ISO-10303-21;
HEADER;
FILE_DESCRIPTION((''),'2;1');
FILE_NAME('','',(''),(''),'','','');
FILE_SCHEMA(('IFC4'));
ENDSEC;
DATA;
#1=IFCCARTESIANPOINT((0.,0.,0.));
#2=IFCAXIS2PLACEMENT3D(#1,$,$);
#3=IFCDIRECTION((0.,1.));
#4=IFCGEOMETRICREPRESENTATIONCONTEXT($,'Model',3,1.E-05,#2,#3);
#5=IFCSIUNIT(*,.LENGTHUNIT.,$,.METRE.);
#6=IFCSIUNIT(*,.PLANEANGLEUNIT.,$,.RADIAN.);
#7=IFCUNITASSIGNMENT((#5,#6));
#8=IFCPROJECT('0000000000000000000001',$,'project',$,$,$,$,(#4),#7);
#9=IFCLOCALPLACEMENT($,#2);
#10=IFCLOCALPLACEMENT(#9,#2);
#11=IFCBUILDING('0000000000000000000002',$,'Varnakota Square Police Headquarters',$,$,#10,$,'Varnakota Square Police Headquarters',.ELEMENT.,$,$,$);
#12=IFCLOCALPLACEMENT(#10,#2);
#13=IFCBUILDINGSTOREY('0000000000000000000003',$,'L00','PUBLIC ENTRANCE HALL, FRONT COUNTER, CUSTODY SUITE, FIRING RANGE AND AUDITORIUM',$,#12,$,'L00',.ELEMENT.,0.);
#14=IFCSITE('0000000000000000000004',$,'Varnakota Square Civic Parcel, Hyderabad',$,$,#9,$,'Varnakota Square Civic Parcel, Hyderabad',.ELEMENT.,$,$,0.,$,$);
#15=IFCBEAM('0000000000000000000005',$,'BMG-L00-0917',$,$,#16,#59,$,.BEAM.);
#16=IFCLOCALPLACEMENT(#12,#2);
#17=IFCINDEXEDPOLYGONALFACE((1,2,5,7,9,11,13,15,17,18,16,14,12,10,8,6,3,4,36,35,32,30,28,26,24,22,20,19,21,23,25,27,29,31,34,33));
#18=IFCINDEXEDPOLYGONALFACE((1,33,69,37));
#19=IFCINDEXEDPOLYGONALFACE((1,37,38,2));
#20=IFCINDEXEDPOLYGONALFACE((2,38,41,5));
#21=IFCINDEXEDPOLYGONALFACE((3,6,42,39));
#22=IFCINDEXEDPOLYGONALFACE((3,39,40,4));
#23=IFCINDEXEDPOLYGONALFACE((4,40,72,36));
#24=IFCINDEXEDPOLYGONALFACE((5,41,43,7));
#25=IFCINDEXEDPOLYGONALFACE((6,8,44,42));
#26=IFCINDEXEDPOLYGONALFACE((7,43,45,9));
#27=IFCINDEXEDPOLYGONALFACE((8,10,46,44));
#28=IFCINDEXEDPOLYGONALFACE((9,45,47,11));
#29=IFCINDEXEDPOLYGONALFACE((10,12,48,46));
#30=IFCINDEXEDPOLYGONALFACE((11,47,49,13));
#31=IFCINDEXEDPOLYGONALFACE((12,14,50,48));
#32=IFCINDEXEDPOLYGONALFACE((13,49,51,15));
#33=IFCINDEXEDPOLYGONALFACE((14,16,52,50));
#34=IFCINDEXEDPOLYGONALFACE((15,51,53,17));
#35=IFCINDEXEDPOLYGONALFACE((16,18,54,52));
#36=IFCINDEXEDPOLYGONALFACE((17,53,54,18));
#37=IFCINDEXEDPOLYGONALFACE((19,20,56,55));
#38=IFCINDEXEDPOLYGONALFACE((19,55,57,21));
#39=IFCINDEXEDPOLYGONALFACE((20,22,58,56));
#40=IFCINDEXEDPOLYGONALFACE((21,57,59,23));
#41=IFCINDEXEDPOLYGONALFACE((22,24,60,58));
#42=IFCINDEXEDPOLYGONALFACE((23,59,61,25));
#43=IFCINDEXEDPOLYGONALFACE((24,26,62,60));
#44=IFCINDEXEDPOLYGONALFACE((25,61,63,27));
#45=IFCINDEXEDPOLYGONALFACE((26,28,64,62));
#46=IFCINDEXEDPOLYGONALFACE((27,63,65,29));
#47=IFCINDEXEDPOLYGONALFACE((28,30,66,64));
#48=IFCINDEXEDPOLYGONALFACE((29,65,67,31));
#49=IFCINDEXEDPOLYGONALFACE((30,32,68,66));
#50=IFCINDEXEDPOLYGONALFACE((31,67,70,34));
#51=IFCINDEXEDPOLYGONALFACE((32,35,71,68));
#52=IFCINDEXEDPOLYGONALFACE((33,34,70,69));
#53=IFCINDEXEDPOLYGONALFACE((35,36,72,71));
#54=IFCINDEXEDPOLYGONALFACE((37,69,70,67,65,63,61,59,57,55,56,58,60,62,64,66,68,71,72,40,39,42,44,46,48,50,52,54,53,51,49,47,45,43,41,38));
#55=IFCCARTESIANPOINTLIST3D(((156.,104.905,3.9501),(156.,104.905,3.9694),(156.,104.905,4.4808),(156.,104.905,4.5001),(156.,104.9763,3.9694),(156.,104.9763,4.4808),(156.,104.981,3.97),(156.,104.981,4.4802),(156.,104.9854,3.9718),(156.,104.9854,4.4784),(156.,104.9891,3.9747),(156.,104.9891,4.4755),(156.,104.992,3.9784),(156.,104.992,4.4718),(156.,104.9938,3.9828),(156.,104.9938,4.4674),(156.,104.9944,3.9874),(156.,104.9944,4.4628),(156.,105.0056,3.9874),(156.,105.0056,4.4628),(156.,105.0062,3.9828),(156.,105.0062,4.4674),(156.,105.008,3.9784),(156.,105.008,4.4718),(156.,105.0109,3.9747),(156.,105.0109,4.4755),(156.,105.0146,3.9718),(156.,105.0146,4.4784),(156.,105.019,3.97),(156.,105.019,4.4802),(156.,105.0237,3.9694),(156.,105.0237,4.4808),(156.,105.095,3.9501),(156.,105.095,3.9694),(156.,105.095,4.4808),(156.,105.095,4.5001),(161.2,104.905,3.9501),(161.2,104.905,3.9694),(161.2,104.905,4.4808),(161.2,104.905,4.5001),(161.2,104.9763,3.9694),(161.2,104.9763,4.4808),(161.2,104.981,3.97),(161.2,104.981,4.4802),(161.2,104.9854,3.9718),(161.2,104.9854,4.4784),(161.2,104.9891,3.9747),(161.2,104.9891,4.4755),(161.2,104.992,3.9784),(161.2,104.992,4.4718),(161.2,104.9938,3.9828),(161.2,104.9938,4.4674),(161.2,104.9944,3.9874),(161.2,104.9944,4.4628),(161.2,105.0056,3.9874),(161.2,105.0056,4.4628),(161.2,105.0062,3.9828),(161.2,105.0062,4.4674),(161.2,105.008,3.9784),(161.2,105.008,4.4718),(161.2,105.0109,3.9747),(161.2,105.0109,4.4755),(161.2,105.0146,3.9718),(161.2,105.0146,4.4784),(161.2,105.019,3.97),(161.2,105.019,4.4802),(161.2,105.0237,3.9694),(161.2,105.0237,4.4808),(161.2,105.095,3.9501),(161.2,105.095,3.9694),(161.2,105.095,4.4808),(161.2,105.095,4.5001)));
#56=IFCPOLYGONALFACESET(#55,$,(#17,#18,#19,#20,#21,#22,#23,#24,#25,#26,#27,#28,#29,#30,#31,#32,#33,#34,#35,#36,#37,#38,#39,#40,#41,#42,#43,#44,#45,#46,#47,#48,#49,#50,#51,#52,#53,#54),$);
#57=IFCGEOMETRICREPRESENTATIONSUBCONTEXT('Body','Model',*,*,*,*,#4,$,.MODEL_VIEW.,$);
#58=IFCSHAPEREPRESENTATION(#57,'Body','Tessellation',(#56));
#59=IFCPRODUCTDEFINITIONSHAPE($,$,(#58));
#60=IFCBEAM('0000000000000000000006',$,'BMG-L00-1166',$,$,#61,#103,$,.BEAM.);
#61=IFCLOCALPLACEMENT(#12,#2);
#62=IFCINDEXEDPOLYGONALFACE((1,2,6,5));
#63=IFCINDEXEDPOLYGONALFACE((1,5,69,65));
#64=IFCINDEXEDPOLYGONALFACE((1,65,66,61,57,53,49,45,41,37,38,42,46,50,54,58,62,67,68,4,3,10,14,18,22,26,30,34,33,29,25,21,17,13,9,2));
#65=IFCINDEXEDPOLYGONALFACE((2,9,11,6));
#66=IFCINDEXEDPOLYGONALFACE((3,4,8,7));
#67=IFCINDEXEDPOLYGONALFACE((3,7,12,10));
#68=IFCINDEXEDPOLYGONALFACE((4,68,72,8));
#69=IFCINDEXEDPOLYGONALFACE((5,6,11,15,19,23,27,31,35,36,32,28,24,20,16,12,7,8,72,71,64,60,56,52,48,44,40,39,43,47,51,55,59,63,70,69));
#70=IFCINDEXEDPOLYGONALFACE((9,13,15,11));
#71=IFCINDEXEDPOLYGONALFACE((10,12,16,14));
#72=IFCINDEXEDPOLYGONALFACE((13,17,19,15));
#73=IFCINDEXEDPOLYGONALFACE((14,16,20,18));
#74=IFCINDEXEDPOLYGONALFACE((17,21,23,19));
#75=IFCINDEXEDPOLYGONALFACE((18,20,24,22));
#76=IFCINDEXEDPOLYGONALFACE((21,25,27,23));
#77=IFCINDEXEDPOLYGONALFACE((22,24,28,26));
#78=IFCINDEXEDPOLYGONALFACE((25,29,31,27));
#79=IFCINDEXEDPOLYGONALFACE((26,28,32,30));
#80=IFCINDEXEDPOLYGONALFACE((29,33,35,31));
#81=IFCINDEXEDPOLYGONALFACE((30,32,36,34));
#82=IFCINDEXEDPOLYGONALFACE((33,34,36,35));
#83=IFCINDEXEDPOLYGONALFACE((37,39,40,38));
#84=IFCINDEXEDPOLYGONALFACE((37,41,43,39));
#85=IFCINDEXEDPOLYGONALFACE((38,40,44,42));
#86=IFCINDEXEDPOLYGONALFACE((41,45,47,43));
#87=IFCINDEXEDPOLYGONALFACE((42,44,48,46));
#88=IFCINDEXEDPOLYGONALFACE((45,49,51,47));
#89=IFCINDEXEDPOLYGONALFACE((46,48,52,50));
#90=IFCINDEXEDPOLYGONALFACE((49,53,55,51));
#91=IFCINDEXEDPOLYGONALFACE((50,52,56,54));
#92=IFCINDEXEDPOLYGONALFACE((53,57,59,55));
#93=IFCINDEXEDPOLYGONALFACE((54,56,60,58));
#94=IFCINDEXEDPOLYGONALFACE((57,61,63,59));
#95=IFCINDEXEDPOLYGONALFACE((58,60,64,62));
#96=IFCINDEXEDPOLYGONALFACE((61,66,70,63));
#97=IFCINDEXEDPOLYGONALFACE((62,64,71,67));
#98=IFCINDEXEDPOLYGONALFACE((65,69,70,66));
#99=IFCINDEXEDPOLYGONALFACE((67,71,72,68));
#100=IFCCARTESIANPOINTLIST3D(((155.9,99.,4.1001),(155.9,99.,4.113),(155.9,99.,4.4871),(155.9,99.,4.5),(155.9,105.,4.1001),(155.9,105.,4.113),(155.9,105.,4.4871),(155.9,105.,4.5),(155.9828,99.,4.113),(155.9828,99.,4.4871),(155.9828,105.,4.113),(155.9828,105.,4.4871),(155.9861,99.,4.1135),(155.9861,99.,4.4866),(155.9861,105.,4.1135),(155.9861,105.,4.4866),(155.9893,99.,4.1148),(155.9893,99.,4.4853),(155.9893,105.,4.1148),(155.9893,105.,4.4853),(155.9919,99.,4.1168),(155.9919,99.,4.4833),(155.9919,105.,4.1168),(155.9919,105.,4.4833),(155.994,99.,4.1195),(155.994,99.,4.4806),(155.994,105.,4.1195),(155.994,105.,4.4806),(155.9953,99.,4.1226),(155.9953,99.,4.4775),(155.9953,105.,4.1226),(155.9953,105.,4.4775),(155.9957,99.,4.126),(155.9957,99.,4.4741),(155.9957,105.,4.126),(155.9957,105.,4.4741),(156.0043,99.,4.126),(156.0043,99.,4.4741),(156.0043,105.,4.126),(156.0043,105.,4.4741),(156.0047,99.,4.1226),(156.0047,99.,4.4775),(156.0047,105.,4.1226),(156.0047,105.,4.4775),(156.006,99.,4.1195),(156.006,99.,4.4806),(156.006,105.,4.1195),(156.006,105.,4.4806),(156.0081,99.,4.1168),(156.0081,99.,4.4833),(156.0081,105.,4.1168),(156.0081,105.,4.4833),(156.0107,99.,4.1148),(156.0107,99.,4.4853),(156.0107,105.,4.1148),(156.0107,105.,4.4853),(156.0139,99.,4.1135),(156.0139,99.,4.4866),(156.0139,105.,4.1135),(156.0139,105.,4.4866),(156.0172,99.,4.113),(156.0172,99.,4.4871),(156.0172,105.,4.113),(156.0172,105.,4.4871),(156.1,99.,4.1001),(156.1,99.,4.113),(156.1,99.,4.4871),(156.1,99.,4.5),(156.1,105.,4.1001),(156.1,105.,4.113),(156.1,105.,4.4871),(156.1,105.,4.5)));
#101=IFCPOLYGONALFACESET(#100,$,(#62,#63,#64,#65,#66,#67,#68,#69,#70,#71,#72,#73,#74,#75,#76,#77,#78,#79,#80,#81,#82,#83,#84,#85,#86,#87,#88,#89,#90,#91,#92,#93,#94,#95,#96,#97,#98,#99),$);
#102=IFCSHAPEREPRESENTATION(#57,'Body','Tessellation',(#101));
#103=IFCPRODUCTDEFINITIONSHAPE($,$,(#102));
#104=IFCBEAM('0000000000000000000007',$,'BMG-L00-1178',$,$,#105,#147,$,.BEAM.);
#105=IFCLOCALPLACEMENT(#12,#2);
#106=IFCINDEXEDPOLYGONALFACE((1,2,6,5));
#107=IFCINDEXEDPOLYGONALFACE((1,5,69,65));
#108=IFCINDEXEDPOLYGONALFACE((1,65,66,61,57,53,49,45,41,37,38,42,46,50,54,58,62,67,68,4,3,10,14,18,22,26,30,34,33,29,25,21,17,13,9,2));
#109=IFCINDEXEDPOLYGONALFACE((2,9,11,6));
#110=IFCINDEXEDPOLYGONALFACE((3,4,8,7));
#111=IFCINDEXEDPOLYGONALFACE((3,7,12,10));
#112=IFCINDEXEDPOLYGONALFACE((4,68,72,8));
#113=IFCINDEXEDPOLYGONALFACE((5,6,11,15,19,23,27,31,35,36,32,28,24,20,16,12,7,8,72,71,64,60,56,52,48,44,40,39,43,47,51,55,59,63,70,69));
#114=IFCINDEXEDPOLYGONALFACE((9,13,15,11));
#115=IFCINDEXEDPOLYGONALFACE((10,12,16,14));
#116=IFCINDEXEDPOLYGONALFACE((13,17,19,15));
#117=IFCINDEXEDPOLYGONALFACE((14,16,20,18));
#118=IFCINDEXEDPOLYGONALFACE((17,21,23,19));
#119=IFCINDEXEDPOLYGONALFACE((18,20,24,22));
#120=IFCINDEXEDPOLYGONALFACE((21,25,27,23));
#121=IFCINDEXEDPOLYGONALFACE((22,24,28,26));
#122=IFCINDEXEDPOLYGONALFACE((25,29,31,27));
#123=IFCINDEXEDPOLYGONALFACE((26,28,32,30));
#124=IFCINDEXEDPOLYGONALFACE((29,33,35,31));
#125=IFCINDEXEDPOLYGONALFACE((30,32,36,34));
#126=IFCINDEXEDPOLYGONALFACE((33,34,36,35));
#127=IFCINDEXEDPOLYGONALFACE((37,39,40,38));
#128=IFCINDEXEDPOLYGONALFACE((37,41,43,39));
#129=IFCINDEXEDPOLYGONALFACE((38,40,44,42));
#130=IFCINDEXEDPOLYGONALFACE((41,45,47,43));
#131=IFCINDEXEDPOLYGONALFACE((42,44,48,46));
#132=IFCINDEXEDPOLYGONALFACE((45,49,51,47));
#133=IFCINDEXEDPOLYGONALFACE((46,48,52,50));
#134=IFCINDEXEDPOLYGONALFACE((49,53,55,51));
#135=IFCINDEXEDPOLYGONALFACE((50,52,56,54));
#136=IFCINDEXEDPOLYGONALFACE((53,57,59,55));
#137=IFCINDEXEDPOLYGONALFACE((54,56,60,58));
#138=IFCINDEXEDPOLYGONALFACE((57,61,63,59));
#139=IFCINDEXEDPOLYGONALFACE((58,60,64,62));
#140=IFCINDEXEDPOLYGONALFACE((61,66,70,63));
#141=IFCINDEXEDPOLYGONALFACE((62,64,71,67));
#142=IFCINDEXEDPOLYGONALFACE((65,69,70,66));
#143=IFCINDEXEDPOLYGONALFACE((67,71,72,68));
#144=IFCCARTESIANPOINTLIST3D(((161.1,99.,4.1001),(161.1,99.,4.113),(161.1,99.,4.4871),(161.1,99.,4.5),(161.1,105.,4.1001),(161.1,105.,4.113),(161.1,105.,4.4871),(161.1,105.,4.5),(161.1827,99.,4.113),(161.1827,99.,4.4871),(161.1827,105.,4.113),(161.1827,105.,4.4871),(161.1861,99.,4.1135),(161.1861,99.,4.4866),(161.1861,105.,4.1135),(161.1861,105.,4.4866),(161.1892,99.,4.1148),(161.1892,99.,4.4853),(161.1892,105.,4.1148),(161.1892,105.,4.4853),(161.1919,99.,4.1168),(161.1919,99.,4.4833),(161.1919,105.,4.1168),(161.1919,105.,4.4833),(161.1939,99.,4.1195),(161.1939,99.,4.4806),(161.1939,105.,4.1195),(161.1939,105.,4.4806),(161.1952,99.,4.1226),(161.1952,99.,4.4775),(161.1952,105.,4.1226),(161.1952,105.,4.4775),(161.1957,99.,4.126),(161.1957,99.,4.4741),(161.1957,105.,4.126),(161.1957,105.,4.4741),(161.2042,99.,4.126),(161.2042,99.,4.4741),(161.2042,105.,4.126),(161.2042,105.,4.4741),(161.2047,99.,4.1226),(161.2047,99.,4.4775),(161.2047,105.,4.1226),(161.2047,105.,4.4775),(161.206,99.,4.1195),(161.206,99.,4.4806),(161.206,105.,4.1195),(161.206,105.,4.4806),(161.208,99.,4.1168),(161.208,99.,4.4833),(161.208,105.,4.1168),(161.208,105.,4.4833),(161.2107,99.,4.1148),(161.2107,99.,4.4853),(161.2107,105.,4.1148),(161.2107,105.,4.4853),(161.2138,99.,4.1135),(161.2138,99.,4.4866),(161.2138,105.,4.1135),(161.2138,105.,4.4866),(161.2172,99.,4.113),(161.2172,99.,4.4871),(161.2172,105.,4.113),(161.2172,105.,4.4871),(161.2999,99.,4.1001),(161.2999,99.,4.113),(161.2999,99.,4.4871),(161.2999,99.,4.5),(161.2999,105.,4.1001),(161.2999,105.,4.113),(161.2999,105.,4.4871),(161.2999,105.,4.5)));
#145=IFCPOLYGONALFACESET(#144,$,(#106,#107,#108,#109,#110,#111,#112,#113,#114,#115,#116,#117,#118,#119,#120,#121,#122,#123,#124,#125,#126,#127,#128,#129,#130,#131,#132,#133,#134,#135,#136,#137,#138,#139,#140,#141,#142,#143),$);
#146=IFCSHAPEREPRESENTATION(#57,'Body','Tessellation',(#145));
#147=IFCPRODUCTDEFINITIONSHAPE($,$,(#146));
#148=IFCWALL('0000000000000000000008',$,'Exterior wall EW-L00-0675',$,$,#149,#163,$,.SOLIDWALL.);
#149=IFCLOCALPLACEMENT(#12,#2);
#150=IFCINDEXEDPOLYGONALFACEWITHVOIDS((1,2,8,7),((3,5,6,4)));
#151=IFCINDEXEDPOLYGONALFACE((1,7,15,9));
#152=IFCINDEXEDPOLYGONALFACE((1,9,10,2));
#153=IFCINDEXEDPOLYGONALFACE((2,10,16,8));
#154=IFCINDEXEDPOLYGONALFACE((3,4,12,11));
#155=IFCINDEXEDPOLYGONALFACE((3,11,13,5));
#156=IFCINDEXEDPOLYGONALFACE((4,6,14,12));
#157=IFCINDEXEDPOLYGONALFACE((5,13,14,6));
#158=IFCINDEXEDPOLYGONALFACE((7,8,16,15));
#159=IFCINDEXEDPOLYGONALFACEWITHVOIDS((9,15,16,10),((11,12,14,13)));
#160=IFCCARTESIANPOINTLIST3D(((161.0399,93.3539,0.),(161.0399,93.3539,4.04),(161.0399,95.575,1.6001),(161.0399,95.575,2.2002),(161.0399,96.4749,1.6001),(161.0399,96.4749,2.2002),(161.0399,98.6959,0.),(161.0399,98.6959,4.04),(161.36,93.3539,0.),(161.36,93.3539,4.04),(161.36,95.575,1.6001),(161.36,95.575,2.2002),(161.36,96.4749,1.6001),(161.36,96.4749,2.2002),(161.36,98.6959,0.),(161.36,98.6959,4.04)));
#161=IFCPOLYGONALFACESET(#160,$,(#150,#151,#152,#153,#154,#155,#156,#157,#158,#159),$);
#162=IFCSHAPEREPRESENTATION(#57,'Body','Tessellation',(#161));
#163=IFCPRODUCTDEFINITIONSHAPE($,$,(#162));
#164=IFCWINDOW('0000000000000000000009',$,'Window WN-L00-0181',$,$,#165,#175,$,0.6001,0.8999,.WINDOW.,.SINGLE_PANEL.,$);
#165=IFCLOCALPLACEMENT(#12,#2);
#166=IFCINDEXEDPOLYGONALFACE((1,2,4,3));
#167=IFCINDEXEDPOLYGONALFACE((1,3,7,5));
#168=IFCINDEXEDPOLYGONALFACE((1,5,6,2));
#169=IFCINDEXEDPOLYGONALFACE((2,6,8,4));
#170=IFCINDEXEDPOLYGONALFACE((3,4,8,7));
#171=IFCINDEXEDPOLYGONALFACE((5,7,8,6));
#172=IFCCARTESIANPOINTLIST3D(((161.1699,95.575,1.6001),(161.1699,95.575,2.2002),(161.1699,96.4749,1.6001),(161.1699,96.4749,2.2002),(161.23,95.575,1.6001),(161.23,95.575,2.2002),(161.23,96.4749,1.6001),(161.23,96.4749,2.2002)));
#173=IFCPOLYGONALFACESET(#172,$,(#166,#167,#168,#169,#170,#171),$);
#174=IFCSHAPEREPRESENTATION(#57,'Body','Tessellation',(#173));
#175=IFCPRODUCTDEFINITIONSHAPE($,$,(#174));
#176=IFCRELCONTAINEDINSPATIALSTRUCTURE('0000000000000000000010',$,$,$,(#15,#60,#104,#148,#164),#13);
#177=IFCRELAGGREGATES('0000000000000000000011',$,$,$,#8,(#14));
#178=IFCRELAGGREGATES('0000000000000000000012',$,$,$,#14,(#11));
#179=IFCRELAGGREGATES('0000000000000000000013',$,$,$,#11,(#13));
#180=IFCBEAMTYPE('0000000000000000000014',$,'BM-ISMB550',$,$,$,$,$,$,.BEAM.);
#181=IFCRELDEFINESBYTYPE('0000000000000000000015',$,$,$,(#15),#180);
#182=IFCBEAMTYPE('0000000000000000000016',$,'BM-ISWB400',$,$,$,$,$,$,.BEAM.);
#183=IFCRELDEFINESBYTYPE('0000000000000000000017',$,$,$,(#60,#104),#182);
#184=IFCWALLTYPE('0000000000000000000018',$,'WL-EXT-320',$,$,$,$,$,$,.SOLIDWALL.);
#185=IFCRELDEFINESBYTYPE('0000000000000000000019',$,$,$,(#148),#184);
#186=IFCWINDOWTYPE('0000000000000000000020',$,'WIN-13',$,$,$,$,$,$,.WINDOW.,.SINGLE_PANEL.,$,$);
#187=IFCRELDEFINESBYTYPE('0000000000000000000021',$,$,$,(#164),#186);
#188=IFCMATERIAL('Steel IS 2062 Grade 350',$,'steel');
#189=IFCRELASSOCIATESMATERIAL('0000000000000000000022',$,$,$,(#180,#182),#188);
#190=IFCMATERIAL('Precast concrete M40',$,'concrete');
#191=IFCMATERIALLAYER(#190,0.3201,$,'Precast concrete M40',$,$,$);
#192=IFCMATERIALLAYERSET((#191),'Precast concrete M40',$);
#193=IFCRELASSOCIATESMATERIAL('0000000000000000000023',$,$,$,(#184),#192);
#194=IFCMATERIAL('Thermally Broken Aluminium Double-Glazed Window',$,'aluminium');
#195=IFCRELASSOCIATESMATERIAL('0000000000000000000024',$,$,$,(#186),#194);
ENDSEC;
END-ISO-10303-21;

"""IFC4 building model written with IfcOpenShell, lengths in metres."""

from ifc_helpers import new_model, si_unit, direction, frame, frame_2d, origin, origin_2d, place, context, subcontext, project, spatial, rectangle, i_section, extrude, material, layer, layer_set, material_profile, profile_set, type_object, element, fill, save


model = new_model("IFC4")

# Units and contexts
model_context = context("Model", 3, precision=1e-05, world=origin(), true_north=direction((0.0, 1.0)))
body_context = subcontext(model_context, "Body", "Model", "MODEL_VIEW")
ifc_project = project(units=[si_unit("LENGTHUNIT", "METRE"), si_unit("PLANEANGLEUNIT", "RADIAN")], contexts=[model_context])

# Site, building, storey
site_placement = place(None, origin())
site = spatial("IfcSite", under=ifc_project, at=site_placement, Name="Varnakota Square Civic Parcel, Hyderabad", LongName="Varnakota Square Civic Parcel, Hyderabad", CompositionType="ELEMENT", RefElevation=0.0)
building_placement = place(site_placement, origin())
building = spatial("IfcBuilding", under=site, at=building_placement, Name="Varnakota Square Police Headquarters", LongName="Varnakota Square Police Headquarters", CompositionType="ELEMENT")
storey_placement = place(building_placement, origin())
storey = spatial("IfcBuildingStorey", under=building, at=storey_placement, Name="L00", Description="PUBLIC ENTRANCE HALL, FRONT COUNTER, CUSTODY SUITE, FIRING RANGE AND AUDITORIUM", LongName="L00", CompositionType="ELEMENT", Elevation=0.0)

# Beams
ifc_material_1 = material(Name="Steel IS 2062 Grade 350", Category="steel")
ifc_material_profile_1 = material_profile(ifc_material_1, i_section(OverallWidth=0.1899, OverallDepth=0.55, WebThickness=0.0112, FlangeThickness=0.0193, FilletRadius=0.0181, at=origin_2d()), Name="ISMB 550")
ifc_profile_set_1 = profile_set([ifc_material_profile_1], Name="Steel IS 2062 Grade 350")
beam_type_1 = type_object("IfcBeamType", Name="BM-ISMB550", PredefinedType="BEAM", material=ifc_profile_set_1)
beam_placement = place(storey_placement, frame((156.0, 105.0, 4.2251), z_axis=(1.0, 0.0, 0.0), x_axis=(0.0, 1.0, 0.0)))
element("IfcBeam", 1, at=beam_placement, inside=storey, type_object=beam_type_1, Name="BMG-L00-0917", PredefinedType="BEAM", context=body_context, shape_type="SweptSolid", body=[
    extrude(i_section(OverallWidth=0.1899, OverallDepth=0.55, WebThickness=0.0112, FlangeThickness=0.0193, FilletRadius=0.0181, at=origin_2d()), origin(), (0.0, 0.0, 1.0), 5.2),
])
ifc_material_profile_2 = material_profile(ifc_material_1, i_section(OverallWidth=0.2, OverallDepth=0.3999, WebThickness=0.0085, FlangeThickness=0.0129, FilletRadius=0.0129, at=origin_2d()), Name="ISWB 400")
ifc_profile_set_2 = profile_set([ifc_material_profile_2], Name="Steel IS 2062 Grade 350")
beam_type_2 = type_object("IfcBeamType", Name="BM-ISWB400", PredefinedType="BEAM", material=ifc_profile_set_2)
for number, where, z_axis, x_axis, name in (
    (2, (156.0, 99.0, 4.3), (0.0, 1.0, 0.0), (-1.0, 0.0, 0.0), "BMG-L00-1166"),
    (3, (161.2, 99.0, 4.3), (0.0, 1.0, 0.0), (-1.0, 0.0, 0.0), "BMG-L00-1178"),
):
    element("IfcBeam", number, at=place(storey_placement, frame(where, z_axis=z_axis, x_axis=x_axis)), inside=storey, type_object=beam_type_2, Name=name, PredefinedType="BEAM", context=body_context, shape_type="SweptSolid", body=[
        extrude(i_section(OverallWidth=0.2, OverallDepth=0.3999, WebThickness=0.0085, FlangeThickness=0.0129, FilletRadius=0.0129, at=origin_2d()), origin(), (0.0, 0.0, 1.0), 6.0),
    ])

# Wall, opening, window
ifc_material_2 = material(Name="Precast concrete M40", Category="concrete")
ifc_layer_1 = layer(ifc_material_2, 0.3201, Name="Precast concrete M40")
ifc_layer_set_1 = layer_set([ifc_layer_1], Name="Precast concrete M40")
wall_type_1 = type_object("IfcWallType", Name="WL-EXT-320", PredefinedType="SOLIDWALL", material=ifc_layer_set_1)
wall_1_placement = place(storey_placement, frame((161.2, 93.354, 0.0), z_axis=(0.0, 0.0, 1.0), x_axis=(0.0, 1.0, 0.0)))
wall_1 = element("IfcWall", 4, at=wall_1_placement, inside=storey, type_object=wall_type_1, Name="Exterior wall EW-L00-0675", PredefinedType="SOLIDWALL", context=body_context, shape_type="SweptSolid", body=[
    extrude(rectangle(XDim=5.342, YDim=0.3201, at=frame_2d((2.6709, 0.0))), origin(), (0.0, 0.0, 1.0), 4.04),
])
opening_1_placement = place(wall_1_placement, frame((2.2209, 0.0, 1.6001)))
opening_1 = element("IfcOpeningElement", 5, at=opening_1_placement, cuts=wall_1, PredefinedType="OPENING", context=body_context, shape_type="SweptSolid", body=[
    extrude(rectangle(XDim=0.8999, YDim=0.6001, at=frame_2d((0.45, 0.3))), frame((0.0, 0.1699, 0.0), z_axis=(0.0, -1.0, 0.0), x_axis=(1.0, 0.0, 0.0)), (0.0, 0.0, 1.0), 0.3401),
])
ifc_material_3 = material(Name="Thermally Broken Aluminium Double-Glazed Window", Category="aluminium")
window_type = type_object("IfcWindowType", Name="WIN-13", PartitioningType="SINGLE_PANEL", PredefinedType="WINDOW", material=ifc_material_3)
window_1_placement = place(opening_1_placement, origin())
window_1 = element("IfcWindow", 6, at=window_1_placement, inside=storey, type_object=window_type, Name="Window WN-L00-0181", OverallHeight=0.6001, OverallWidth=0.8999, PartitioningType="SINGLE_PANEL", PredefinedType="WINDOW", context=body_context, shape_type="SweptSolid", body=[
    extrude(rectangle(XDim=0.8999, YDim=0.6001, at=frame_2d((0.45, 0.3))), frame((0.0, 0.03, 0.0), z_axis=(0.0, -1.0, 0.0), x_axis=(1.0, 0.0, 0.0)), (0.0, 0.0, 1.0), 0.0601),
])
fill(opening_1, window_1)

save(model, "model.ifc")
